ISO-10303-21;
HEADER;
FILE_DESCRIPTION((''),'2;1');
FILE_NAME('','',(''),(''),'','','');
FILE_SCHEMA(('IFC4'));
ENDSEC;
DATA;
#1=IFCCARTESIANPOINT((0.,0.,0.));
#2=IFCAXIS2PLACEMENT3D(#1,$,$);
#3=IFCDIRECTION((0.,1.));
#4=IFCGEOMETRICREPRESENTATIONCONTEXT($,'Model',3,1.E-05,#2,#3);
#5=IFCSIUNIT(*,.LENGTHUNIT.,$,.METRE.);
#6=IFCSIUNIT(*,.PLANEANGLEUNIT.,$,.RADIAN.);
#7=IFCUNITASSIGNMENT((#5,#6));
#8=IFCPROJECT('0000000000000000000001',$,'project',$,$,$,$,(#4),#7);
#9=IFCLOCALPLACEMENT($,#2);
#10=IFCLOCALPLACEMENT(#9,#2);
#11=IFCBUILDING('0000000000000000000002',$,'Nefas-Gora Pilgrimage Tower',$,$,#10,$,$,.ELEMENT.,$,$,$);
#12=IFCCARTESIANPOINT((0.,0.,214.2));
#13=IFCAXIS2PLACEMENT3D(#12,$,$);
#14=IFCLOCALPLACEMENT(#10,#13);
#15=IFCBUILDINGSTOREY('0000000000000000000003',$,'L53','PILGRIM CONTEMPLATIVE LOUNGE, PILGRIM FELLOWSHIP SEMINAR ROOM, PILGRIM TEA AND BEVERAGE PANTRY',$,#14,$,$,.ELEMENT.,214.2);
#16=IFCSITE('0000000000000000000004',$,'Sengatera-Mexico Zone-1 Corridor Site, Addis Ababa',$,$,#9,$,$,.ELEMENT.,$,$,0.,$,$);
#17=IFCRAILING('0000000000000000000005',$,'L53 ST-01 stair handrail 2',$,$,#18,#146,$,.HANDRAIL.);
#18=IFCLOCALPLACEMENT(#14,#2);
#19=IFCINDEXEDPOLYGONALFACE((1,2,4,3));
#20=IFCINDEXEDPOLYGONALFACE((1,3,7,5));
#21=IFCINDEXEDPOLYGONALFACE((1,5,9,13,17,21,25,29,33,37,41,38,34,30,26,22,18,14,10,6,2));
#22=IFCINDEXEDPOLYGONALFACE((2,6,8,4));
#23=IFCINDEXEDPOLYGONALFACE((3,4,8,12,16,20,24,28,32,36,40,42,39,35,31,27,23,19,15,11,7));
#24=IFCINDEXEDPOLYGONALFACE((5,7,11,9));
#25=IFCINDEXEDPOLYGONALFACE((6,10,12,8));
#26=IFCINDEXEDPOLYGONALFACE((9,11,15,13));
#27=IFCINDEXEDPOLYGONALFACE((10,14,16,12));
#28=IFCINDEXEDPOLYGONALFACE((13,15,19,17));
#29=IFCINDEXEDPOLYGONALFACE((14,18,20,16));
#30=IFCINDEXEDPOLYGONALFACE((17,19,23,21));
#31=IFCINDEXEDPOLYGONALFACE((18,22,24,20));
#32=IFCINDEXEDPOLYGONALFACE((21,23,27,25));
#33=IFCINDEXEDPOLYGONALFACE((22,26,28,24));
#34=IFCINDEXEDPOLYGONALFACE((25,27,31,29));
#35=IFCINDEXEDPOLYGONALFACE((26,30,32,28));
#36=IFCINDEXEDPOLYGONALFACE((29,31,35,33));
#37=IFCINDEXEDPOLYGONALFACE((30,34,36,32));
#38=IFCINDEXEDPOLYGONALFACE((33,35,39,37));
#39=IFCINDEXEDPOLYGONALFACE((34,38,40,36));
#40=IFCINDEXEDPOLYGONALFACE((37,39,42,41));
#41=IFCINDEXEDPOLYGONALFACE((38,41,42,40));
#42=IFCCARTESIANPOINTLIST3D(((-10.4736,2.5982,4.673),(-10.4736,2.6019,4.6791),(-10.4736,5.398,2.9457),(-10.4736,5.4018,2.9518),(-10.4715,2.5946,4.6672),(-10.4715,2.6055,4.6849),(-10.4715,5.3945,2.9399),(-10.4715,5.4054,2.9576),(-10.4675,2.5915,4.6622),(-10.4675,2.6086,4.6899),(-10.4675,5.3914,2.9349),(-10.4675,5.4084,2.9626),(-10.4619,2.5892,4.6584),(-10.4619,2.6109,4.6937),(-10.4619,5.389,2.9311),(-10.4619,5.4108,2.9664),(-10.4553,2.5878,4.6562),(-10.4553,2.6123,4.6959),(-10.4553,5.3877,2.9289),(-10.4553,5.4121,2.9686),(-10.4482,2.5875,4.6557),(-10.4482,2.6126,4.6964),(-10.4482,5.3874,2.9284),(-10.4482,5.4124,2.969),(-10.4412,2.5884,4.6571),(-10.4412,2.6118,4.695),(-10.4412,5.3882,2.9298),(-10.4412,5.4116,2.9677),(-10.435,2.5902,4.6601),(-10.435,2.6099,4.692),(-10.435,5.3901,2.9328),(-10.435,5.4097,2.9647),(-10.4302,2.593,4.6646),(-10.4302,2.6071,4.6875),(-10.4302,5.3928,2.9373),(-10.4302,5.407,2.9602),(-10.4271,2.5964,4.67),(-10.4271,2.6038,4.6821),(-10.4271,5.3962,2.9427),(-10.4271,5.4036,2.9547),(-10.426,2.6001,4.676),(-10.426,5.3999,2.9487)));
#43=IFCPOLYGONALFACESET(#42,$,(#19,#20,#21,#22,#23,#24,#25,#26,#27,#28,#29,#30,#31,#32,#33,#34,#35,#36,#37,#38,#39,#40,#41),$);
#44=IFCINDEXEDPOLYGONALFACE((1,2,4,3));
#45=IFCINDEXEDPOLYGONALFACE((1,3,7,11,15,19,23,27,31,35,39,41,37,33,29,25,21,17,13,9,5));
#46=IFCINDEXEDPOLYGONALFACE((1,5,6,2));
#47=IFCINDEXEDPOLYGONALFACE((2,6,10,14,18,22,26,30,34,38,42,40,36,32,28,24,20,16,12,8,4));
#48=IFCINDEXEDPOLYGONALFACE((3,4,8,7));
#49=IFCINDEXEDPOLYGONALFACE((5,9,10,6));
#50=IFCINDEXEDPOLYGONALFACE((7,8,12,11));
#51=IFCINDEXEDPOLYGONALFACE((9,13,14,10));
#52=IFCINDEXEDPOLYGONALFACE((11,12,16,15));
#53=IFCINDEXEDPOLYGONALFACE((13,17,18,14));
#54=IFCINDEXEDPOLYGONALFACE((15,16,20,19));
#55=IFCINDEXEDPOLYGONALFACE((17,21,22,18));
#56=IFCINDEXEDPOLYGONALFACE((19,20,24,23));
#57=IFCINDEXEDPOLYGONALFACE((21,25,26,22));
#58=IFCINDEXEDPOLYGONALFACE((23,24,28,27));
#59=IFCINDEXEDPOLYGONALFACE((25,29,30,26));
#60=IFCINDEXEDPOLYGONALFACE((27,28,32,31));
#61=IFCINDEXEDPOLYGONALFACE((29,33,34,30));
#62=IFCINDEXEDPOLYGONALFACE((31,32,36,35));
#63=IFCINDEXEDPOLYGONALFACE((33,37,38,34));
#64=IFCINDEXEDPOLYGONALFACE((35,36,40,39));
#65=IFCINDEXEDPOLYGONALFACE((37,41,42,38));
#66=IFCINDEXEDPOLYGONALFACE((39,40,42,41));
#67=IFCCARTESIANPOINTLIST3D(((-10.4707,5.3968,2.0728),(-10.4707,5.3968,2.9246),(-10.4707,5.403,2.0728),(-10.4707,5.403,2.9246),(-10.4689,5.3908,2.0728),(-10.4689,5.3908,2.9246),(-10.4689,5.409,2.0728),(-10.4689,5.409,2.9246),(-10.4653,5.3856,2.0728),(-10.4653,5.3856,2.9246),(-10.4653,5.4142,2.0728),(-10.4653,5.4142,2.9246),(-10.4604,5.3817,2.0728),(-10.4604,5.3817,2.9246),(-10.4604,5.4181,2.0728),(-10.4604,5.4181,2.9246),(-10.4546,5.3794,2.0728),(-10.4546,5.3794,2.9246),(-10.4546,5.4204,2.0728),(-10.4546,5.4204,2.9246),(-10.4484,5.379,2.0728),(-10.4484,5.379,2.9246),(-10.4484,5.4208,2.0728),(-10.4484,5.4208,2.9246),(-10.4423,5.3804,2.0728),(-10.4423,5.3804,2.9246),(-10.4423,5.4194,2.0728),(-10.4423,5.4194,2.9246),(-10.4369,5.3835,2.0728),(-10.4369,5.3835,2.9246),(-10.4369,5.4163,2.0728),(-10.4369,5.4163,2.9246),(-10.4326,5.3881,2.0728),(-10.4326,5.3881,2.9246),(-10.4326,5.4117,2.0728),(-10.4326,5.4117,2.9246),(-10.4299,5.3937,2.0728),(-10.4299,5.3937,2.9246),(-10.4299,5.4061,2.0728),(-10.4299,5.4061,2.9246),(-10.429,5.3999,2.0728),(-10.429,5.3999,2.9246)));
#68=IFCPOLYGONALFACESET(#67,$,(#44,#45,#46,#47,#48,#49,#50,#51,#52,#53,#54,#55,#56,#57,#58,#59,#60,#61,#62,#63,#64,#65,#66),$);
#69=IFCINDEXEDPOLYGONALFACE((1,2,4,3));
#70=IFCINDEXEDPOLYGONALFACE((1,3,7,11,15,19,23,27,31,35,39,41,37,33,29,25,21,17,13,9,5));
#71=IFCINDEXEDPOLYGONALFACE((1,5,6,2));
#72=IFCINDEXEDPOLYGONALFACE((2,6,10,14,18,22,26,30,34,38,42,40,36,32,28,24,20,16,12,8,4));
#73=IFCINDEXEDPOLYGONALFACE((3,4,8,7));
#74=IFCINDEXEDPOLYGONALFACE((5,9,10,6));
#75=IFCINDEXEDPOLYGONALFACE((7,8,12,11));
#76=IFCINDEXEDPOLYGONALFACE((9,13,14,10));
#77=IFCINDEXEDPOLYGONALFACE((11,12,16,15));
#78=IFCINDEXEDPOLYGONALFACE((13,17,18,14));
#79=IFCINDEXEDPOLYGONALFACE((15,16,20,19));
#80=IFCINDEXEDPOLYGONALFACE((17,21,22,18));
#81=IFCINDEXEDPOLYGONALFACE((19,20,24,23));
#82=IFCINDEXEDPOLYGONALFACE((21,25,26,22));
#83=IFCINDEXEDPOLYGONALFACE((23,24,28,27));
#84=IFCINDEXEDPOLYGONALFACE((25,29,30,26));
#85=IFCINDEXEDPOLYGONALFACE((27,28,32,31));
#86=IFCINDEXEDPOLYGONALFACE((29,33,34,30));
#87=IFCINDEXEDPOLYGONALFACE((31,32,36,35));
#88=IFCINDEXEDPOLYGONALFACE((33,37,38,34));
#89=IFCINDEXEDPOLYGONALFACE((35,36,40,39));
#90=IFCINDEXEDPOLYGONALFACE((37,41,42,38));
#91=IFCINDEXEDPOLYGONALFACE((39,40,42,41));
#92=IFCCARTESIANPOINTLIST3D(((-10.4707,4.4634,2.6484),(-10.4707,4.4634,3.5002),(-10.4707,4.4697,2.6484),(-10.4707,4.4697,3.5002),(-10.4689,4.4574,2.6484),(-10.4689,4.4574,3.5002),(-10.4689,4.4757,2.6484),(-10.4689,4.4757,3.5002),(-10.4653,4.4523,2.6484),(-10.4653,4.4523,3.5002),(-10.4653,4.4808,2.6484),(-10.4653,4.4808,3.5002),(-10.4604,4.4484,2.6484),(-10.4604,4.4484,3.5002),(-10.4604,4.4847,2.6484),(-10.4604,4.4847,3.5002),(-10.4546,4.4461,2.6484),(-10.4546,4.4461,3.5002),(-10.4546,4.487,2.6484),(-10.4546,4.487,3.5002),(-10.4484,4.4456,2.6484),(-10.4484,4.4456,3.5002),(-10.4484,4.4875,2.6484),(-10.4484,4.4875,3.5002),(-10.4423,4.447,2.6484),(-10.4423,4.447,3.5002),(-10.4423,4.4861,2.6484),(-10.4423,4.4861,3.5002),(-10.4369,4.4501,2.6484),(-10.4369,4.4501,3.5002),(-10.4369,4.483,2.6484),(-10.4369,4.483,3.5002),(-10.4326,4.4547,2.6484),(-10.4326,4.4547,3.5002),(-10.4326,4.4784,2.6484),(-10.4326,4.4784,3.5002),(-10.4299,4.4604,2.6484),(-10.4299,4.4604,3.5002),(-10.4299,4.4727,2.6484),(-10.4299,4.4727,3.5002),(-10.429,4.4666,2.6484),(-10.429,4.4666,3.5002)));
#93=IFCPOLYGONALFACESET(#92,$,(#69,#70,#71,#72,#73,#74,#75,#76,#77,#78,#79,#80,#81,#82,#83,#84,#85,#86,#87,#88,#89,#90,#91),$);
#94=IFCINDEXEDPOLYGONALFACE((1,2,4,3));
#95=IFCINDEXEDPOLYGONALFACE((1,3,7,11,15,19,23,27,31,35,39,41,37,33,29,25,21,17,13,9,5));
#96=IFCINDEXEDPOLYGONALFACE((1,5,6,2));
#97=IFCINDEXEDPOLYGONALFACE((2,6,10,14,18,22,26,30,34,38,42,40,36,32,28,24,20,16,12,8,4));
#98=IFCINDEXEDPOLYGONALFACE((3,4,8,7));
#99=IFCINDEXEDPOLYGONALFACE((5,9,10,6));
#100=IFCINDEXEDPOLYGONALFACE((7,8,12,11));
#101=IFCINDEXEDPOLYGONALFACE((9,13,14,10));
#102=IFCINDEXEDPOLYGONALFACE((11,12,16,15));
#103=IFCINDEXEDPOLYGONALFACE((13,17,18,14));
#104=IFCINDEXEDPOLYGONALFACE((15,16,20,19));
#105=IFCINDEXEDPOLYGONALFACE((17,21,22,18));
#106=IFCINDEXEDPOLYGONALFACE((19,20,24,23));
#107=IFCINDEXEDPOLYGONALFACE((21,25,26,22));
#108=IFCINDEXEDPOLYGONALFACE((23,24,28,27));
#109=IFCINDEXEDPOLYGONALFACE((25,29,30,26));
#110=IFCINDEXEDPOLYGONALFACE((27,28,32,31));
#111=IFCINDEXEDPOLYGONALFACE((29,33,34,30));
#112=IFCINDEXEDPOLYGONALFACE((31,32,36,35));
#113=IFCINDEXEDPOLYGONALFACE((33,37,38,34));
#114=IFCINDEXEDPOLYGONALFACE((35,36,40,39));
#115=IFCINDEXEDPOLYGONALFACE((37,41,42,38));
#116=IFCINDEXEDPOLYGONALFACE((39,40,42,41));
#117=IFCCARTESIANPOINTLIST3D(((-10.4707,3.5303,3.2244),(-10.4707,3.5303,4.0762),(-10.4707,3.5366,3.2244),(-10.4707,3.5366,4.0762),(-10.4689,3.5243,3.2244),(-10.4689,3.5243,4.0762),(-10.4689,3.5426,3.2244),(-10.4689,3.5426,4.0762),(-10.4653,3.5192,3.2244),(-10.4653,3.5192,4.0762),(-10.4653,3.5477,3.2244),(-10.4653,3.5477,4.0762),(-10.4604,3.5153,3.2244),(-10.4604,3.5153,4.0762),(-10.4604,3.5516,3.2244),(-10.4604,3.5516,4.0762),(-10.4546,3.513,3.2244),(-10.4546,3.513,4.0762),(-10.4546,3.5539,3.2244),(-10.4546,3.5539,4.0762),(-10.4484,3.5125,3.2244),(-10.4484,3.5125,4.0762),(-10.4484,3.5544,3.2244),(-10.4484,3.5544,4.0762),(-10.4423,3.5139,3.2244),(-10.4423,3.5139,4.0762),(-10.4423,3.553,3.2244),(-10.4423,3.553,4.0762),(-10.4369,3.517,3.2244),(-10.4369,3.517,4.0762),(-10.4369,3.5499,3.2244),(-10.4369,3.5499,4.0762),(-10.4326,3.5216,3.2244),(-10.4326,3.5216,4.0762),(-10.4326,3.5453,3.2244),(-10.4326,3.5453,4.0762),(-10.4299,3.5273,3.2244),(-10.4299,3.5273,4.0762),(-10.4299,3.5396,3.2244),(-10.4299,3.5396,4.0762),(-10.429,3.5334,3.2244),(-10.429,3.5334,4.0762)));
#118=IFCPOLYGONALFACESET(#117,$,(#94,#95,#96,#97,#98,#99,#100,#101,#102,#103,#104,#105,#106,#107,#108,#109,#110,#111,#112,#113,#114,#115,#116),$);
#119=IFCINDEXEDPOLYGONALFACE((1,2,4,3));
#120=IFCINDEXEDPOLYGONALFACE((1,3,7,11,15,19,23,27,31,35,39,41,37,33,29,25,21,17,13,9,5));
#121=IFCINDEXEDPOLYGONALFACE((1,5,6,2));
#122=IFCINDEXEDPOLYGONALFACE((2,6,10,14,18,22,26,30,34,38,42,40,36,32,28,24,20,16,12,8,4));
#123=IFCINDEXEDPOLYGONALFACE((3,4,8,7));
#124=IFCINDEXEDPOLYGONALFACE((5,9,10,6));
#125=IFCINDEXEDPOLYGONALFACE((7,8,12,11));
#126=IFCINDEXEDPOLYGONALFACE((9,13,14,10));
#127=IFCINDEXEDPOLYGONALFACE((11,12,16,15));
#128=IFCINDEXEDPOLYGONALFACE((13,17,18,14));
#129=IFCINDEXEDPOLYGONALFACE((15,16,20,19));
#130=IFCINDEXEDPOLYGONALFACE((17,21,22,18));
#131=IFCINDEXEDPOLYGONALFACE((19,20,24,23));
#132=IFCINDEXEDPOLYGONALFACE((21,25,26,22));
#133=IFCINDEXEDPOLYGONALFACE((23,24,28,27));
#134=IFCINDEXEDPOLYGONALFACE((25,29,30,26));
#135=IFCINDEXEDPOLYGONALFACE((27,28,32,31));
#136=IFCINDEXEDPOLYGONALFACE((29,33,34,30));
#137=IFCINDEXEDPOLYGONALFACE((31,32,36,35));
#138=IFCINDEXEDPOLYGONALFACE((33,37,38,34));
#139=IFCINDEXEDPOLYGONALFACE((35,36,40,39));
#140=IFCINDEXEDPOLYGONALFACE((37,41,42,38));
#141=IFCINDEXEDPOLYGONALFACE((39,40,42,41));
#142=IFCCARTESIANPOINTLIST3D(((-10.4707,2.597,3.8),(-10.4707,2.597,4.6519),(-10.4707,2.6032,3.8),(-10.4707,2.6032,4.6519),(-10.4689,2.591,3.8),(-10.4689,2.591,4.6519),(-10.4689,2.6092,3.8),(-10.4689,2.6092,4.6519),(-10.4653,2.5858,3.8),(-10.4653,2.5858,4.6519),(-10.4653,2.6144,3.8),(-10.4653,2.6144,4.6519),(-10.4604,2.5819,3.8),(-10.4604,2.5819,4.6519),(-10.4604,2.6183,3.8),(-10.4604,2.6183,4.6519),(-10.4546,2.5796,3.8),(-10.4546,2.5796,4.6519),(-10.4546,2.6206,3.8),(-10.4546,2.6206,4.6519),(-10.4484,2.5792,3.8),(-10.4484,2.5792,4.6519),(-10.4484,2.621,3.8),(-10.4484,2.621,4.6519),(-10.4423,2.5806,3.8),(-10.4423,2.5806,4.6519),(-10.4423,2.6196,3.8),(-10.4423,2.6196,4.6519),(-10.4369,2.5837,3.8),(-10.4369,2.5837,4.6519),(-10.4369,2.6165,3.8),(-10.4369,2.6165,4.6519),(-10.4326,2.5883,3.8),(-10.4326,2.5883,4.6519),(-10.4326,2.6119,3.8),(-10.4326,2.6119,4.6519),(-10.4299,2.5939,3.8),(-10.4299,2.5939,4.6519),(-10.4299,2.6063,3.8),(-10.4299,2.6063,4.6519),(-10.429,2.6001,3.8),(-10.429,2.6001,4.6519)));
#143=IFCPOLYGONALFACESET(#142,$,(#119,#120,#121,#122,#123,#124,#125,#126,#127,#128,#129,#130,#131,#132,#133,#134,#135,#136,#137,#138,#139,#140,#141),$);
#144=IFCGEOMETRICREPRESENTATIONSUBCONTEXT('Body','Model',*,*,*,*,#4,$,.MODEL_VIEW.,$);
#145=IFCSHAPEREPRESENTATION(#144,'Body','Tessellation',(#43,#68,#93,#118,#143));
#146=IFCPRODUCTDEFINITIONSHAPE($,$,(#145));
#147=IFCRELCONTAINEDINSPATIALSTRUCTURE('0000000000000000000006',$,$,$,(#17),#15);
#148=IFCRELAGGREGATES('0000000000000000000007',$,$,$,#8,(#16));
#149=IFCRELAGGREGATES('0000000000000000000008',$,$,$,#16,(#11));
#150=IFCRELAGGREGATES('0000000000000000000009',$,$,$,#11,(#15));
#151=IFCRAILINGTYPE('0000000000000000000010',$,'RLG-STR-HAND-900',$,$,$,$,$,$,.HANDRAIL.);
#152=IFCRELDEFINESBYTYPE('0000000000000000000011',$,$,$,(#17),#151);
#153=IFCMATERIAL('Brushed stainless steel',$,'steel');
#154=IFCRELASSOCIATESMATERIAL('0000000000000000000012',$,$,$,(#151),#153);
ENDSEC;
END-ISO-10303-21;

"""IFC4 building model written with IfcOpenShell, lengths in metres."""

from ifc_helpers import new_model, si_unit, direction, frame, origin, origin_2d, place, context, subcontext, project, spatial, circle, extrude, material, type_object, element, save


model = new_model("IFC4")

# Units and contexts
model_context = context("Model", 3, precision=1e-05, world=origin(), true_north=direction((0.0, 1.0)))
body_context = subcontext(model_context, "Body", "Model", "MODEL_VIEW")
ifc_project = project(units=[si_unit("LENGTHUNIT", "METRE"), si_unit("PLANEANGLEUNIT", "RADIAN")], contexts=[model_context])

# Site, building, storey
site_placement = place(None, origin())
site = spatial("IfcSite", under=ifc_project, at=site_placement, Name="Sengatera-Mexico Zone-1 Corridor Site, Addis Ababa", CompositionType="ELEMENT", RefElevation=0.0)
building_placement = place(site_placement, origin())
building = spatial("IfcBuilding", under=site, at=building_placement, Name="Nefas-Gora Pilgrimage Tower", CompositionType="ELEMENT")
storey_placement = place(building_placement, frame((0.0, 0.0, 214.2)))
storey = spatial("IfcBuildingStorey", under=building, at=storey_placement, Name="L53", Description="PILGRIM CONTEMPLATIVE LOUNGE, PILGRIM FELLOWSHIP SEMINAR ROOM, PILGRIM TEA AND BEVERAGE PANTRY", CompositionType="ELEMENT", Elevation=214.2)

# Railing
ifc_material_1 = material(Name="Brushed stainless steel", Category="steel")
railing_type_1 = type_object("IfcRailingType", Name="RLG-STR-HAND-900", PredefinedType="HANDRAIL", material=ifc_material_1)
railing_1_placement = place(storey_placement, frame((-10.45, 5.3999, 2.0728)))
element("IfcRailing", 1, at=railing_1_placement, inside=storey, type_object=railing_type_1, Name="L53 ST-01 stair handrail 2", PredefinedType="HANDRAIL", context=body_context, shape_type="SweptSolid", body=[
    extrude(circle(Radius=0.0239, at=origin_2d()), frame((0.0, 0.0, 0.876), z_axis=(0.0, -0.851069, 0.525054), x_axis=(1.0, 0.0, 0.0)), (0.0, 0.0, 1.0), 3.2898),
    extrude(circle(Radius=0.021, at=origin_2d()), origin(), (0.0, 0.0, 1.0), 0.8518),
    extrude(circle(Radius=0.021, at=origin_2d()), frame((0.0, -0.9333, 0.5757)), (0.0, 0.0, 1.0), 0.8518),
    extrude(circle(Radius=0.021, at=origin_2d()), frame((0.0, -1.8665, 1.1516)), (0.0, 0.0, 1.0), 0.8518),
    extrude(circle(Radius=0.021, at=origin_2d()), frame((0.0, -2.7998, 1.7273)), (0.0, 0.0, 1.0), 0.8518),
])

save(model, "model.ifc")
